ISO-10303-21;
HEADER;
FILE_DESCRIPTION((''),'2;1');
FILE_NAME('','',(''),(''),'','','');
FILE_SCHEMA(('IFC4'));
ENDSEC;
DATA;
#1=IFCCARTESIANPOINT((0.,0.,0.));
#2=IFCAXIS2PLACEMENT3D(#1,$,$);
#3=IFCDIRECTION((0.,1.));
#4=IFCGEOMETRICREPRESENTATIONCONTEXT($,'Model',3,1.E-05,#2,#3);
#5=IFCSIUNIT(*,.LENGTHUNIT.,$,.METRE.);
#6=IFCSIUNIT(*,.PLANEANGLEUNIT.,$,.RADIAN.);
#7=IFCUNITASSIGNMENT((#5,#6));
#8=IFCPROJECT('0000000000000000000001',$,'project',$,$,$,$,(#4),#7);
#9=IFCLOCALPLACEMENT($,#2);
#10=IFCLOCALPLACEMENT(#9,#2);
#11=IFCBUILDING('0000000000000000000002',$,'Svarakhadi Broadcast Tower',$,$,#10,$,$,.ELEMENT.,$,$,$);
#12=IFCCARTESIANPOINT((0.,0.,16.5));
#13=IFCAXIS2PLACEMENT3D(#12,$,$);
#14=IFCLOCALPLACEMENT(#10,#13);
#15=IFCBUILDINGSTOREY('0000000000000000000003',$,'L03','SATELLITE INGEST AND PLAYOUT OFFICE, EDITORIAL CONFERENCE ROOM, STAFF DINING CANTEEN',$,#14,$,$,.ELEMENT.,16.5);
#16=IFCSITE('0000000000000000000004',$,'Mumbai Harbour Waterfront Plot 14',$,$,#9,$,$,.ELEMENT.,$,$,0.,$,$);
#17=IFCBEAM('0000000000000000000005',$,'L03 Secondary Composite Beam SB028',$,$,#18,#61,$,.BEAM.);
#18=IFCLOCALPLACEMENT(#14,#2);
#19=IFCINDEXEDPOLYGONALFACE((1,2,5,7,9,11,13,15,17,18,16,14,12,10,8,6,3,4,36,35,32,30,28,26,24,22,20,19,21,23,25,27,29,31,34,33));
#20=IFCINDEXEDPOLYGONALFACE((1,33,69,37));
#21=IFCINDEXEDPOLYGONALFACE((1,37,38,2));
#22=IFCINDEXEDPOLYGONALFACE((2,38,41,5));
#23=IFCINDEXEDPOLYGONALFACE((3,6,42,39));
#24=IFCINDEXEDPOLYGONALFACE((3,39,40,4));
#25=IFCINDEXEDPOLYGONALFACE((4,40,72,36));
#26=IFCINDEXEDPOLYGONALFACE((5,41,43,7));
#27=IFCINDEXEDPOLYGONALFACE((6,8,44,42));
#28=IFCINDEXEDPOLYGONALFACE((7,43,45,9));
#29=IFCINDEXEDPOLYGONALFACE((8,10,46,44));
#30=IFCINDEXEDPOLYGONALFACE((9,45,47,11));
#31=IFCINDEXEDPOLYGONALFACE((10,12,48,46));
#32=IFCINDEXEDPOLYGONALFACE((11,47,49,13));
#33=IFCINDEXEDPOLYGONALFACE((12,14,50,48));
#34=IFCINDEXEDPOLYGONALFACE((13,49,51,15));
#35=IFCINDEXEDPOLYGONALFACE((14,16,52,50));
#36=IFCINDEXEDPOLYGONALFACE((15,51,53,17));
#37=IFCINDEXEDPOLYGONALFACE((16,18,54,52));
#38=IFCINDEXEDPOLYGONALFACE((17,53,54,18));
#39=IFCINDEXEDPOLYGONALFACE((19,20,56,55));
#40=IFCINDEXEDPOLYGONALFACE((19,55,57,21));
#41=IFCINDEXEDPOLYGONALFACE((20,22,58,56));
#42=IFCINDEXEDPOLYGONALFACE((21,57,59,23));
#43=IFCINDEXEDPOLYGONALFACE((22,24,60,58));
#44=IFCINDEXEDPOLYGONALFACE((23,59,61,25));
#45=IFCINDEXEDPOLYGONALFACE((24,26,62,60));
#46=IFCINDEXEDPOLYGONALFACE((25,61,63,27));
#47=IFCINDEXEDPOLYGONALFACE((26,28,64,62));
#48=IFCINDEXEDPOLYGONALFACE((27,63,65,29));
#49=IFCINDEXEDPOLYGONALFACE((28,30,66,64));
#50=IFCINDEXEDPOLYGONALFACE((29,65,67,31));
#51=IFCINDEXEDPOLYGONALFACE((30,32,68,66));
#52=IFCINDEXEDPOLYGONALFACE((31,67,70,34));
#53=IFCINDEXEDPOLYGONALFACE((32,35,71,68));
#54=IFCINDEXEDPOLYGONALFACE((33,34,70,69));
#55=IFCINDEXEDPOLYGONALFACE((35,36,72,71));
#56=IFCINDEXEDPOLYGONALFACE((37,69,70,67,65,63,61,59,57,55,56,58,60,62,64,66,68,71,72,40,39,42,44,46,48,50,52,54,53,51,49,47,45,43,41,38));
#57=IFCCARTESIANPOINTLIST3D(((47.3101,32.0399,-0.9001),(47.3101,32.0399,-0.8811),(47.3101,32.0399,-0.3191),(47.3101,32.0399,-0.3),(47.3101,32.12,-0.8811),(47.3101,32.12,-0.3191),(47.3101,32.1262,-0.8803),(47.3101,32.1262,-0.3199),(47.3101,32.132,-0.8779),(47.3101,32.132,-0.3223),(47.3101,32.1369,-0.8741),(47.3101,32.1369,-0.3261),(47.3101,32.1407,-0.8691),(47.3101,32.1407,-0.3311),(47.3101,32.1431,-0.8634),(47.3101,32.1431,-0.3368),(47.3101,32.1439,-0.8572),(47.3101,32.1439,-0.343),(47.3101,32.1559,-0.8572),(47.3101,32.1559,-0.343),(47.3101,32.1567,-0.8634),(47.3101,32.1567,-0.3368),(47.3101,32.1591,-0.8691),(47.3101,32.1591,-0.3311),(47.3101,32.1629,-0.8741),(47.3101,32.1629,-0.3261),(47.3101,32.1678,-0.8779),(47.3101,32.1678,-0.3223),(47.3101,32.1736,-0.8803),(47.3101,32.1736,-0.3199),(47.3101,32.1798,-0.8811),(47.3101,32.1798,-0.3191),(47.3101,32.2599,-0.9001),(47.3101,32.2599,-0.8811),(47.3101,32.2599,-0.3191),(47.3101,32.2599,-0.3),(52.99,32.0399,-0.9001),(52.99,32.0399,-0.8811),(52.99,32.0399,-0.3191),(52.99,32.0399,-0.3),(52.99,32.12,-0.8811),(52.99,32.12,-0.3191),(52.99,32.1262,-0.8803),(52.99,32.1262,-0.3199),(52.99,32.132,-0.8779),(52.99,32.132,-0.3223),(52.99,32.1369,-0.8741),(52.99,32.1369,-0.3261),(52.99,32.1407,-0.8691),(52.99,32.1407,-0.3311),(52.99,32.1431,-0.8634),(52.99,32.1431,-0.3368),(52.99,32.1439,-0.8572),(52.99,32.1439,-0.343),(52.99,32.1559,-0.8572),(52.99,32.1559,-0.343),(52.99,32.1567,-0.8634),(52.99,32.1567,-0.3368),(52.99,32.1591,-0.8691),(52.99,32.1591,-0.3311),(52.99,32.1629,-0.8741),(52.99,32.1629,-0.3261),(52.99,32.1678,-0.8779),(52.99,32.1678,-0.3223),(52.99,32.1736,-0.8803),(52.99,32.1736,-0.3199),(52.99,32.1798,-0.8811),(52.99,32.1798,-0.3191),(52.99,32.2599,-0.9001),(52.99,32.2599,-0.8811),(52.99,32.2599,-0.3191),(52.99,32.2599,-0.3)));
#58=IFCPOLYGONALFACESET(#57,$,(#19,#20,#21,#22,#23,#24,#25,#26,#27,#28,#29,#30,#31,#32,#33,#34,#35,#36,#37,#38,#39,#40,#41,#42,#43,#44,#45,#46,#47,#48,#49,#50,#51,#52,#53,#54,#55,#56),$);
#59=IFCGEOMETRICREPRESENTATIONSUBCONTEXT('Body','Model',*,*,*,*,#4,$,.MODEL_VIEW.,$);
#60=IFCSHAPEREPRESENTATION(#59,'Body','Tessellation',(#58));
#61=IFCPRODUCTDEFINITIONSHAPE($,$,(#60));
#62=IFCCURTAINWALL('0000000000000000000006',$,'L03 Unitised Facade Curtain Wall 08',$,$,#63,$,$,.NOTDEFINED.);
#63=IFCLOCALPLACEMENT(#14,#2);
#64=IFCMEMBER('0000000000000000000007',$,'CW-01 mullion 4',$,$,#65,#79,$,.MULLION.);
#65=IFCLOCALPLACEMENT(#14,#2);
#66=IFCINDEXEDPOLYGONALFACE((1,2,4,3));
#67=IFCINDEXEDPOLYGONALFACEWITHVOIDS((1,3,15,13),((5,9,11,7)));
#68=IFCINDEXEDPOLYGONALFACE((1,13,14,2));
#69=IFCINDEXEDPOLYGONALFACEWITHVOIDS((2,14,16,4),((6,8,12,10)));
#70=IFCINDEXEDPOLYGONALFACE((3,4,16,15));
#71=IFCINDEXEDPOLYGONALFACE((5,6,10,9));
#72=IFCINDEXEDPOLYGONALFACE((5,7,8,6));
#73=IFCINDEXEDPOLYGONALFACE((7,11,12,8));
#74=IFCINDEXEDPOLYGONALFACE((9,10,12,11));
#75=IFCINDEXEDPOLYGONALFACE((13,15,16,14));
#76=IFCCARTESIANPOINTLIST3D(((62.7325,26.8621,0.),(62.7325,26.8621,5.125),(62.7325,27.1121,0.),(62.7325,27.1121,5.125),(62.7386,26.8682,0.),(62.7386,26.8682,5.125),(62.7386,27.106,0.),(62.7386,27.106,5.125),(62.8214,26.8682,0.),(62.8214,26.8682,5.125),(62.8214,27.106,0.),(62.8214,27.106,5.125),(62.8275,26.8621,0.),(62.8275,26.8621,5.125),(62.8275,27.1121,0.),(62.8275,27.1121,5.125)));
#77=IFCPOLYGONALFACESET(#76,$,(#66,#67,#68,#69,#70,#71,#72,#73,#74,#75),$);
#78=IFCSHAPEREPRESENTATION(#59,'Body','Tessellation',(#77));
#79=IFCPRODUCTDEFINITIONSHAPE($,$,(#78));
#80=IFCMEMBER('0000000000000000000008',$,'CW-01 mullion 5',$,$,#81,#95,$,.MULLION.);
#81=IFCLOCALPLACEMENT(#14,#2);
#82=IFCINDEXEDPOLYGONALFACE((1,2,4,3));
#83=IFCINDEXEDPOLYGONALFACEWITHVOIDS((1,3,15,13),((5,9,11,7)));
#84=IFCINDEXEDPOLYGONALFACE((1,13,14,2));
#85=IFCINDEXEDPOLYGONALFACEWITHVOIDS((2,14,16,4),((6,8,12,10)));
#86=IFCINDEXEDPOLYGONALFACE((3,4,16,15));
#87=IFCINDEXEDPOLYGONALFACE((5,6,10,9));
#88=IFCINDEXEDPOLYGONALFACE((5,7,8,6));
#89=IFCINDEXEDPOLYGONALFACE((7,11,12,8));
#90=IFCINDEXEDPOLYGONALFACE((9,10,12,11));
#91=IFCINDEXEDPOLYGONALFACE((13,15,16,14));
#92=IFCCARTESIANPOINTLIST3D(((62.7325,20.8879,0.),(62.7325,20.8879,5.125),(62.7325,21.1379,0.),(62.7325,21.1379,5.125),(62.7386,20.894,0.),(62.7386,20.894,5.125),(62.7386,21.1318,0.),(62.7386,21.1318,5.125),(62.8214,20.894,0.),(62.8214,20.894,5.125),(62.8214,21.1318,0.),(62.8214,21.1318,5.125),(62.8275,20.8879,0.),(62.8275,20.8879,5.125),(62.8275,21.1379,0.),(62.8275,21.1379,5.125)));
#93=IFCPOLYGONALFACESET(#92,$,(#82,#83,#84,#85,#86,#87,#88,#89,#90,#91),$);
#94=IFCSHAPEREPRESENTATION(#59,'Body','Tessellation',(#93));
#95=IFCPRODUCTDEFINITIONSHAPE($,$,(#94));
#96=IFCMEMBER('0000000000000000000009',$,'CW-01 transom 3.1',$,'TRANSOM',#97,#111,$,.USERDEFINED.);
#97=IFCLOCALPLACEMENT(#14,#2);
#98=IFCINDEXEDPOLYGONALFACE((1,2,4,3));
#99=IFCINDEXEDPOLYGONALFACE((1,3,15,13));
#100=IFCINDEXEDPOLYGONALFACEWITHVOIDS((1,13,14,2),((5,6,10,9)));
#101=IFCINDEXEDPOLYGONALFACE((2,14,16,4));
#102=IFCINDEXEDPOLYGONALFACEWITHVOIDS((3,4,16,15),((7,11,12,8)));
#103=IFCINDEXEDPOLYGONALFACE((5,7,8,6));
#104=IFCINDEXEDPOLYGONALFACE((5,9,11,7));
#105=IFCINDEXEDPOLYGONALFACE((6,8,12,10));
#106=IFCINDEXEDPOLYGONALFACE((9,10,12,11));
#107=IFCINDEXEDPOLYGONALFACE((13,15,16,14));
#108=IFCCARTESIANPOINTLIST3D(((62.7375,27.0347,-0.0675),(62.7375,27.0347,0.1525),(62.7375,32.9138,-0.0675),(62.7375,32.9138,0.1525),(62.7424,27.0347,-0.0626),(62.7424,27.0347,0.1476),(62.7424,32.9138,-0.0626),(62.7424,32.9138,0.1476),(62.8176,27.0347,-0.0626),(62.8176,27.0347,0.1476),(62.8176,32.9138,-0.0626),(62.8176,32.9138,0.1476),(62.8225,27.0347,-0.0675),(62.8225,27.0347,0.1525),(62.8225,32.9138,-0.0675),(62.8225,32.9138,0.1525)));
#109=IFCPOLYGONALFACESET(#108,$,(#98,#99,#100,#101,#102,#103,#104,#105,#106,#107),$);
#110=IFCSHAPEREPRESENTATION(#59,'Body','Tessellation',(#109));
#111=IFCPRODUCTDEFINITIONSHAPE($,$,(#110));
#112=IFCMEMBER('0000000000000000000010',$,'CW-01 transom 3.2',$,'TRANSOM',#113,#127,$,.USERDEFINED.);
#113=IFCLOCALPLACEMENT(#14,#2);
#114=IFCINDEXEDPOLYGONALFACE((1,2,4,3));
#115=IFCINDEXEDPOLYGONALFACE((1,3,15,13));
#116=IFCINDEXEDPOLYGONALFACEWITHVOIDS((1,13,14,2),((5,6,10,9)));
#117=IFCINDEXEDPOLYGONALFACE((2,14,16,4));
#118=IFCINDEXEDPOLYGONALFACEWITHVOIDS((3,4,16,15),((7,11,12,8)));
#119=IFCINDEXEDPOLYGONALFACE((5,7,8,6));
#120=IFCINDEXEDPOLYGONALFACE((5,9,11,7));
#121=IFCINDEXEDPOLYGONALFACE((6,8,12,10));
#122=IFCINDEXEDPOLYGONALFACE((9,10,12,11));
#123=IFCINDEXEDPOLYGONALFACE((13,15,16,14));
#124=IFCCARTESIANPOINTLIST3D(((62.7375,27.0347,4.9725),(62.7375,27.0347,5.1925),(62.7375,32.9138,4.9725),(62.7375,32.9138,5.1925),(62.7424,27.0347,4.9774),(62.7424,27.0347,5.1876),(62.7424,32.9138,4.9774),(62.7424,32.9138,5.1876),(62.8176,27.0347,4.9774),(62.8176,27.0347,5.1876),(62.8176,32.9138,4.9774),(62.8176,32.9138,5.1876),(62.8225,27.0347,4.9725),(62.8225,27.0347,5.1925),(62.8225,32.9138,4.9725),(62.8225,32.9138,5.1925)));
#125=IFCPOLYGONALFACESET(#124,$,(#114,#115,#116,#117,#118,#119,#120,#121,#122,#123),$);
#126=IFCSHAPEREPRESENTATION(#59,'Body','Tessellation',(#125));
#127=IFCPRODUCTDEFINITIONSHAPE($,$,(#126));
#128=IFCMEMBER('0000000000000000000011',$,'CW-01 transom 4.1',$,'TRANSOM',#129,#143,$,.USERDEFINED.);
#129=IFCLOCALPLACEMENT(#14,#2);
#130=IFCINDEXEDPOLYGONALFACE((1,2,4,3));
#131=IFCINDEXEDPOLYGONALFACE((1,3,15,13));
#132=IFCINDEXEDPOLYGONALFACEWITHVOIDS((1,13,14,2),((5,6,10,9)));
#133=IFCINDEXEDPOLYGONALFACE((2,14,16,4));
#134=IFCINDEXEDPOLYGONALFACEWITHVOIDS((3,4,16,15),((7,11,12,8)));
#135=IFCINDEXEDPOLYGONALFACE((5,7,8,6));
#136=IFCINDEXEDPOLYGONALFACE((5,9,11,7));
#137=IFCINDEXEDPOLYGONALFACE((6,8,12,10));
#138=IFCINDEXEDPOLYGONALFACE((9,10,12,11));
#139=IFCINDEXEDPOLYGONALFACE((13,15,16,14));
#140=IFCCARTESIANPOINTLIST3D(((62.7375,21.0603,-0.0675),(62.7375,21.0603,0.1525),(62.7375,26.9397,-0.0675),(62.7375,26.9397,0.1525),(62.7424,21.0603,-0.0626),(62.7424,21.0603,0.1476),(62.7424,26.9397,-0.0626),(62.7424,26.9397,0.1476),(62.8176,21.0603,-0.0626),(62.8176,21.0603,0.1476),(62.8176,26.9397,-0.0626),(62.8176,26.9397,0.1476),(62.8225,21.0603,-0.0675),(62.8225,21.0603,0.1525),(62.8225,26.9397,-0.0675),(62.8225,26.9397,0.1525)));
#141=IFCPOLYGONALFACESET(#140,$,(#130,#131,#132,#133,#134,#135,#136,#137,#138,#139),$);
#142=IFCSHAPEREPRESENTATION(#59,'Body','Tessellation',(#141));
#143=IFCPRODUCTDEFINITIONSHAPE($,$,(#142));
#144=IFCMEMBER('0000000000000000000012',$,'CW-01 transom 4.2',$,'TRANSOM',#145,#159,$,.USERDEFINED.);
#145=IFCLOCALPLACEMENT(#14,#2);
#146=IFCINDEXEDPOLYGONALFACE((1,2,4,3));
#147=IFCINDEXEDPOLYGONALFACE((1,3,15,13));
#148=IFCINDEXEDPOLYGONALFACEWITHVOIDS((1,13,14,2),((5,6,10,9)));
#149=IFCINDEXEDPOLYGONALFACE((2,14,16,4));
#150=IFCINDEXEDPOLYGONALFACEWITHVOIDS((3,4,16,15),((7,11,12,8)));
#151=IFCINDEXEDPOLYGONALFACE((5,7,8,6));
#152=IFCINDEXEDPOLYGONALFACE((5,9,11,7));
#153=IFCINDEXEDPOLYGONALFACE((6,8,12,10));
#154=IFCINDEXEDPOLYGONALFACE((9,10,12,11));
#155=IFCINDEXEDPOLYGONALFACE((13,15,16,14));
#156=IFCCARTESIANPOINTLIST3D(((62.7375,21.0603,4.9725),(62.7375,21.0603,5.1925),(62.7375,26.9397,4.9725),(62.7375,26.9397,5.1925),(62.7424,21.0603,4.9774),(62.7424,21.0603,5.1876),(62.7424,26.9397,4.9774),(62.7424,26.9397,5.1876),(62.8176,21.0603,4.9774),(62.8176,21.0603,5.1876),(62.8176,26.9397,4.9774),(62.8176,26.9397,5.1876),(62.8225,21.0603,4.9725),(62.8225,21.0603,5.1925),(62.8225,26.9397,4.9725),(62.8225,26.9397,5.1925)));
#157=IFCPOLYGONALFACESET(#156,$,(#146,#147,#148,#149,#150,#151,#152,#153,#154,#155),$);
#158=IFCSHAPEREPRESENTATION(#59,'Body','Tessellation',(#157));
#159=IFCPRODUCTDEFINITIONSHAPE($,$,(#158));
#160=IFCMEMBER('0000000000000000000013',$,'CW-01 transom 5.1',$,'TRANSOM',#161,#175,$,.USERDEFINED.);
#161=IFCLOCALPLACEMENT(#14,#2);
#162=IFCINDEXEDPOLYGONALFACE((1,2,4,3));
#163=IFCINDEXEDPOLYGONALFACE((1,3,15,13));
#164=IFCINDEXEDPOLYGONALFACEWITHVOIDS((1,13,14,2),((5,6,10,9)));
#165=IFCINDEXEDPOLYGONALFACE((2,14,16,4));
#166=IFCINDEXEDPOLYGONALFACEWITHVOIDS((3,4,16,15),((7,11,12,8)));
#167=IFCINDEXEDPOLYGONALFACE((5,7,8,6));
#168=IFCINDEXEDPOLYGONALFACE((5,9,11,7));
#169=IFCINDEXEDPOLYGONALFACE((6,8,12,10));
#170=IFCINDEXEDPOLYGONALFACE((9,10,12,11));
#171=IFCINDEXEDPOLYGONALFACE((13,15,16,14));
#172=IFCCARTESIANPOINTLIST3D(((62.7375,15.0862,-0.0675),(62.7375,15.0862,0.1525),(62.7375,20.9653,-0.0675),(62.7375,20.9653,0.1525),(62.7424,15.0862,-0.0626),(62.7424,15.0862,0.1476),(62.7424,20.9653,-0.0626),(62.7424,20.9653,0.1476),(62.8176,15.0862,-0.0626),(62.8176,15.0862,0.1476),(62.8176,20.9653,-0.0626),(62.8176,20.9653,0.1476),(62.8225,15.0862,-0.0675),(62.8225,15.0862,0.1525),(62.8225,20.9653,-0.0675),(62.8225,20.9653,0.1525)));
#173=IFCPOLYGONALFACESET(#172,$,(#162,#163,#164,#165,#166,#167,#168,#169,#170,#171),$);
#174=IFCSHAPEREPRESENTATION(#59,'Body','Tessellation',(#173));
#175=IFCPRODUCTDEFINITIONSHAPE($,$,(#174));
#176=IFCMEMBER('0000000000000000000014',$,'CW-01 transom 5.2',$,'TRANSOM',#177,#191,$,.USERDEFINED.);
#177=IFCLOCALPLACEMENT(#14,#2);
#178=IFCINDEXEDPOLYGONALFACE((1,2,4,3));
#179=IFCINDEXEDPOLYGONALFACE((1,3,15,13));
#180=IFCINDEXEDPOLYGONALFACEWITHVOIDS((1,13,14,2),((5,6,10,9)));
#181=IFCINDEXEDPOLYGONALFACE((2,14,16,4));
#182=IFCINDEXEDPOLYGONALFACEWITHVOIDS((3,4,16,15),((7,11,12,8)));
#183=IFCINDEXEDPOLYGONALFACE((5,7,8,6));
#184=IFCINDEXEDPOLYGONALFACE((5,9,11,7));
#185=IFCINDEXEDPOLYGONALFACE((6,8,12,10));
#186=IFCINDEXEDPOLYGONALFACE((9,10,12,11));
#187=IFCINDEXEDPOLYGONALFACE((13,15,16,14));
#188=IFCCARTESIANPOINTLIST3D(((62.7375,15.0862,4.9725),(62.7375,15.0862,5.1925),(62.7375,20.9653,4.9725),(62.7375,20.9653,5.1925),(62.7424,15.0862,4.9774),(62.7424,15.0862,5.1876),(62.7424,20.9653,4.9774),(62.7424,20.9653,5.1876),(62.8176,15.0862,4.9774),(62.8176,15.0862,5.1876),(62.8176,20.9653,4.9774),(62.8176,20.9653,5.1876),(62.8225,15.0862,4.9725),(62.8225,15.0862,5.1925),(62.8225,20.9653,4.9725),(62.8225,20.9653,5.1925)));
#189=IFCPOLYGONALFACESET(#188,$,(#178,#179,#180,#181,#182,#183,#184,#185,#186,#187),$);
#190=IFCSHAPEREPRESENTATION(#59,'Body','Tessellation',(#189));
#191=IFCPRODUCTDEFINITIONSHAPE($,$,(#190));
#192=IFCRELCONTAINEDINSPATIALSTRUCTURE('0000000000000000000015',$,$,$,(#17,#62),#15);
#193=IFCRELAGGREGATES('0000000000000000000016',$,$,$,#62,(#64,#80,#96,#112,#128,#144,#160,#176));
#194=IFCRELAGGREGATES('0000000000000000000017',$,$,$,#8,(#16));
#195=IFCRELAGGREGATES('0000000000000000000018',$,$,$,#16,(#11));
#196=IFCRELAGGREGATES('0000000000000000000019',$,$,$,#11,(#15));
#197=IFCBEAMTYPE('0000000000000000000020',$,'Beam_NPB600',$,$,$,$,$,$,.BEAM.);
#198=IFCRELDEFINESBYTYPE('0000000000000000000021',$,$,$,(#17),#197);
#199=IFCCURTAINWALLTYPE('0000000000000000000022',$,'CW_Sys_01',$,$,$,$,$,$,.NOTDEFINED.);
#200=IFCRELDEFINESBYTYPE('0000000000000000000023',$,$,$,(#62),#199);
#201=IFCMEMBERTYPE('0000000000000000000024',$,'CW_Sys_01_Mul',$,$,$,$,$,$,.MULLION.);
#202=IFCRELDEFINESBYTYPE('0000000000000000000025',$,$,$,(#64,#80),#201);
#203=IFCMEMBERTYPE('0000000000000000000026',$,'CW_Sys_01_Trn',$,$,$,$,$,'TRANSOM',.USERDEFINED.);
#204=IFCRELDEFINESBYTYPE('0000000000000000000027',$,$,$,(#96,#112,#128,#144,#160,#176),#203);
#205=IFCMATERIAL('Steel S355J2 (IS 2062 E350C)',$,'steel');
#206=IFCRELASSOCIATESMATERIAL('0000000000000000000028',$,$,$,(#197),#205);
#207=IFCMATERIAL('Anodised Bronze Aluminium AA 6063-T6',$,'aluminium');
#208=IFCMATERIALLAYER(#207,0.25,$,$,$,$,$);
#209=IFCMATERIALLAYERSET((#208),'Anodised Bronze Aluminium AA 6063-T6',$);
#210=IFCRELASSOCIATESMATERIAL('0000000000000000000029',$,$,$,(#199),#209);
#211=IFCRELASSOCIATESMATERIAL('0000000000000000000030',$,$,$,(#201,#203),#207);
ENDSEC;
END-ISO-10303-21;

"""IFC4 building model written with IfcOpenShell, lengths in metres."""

from ifc_helpers import new_model, si_unit, direction, frame, origin, origin_2d, place, context, subcontext, project, spatial, hollow_rectangle, i_section, extrude, material, layer, layer_set, material_profile, profile_set, type_object, element, aggregate, save


model = new_model("IFC4")

# Units and contexts
model_context = context("Model", 3, precision=1e-05, world=origin(), true_north=direction((0.0, 1.0)))
body_context = subcontext(model_context, "Body", "Model", "MODEL_VIEW")
ifc_project = project(units=[si_unit("LENGTHUNIT", "METRE"), si_unit("PLANEANGLEUNIT", "RADIAN")], contexts=[model_context])

# Site, building, storey
site_placement = place(None, origin())
site = spatial("IfcSite", under=ifc_project, at=site_placement, Name="Mumbai Harbour Waterfront Plot 14", CompositionType="ELEMENT", RefElevation=0.0)
building_placement = place(site_placement, origin())
building = spatial("IfcBuilding", under=site, at=building_placement, Name="Svarakhadi Broadcast Tower", CompositionType="ELEMENT")
storey_placement = place(building_placement, frame((0.0, 0.0, 16.5)))
storey = spatial("IfcBuildingStorey", under=building, at=storey_placement, Name="L03", Description="SATELLITE INGEST AND PLAYOUT OFFICE, EDITORIAL CONFERENCE ROOM, STAFF DINING CANTEEN", CompositionType="ELEMENT", Elevation=16.5)

# Beam
ifc_material_1 = material(Name="Steel S355J2 (IS 2062 E350C)", Category="steel")
ifc_material_profile_1 = material_profile(ifc_material_1, i_section(OverallWidth=0.22, OverallDepth=0.6001, WebThickness=0.012, FlangeThickness=0.019, FilletRadius=0.0239, at=origin_2d()), Name="NPB 600x220x122")
ifc_profile_set_1 = profile_set([ifc_material_profile_1], Name="Steel S355J2 (IS 2062 E350C)")
beam_type_1 = type_object("IfcBeamType", Name="Beam_NPB600", PredefinedType="BEAM", material=ifc_profile_set_1)
beam_1_placement = place(storey_placement, frame((47.3101, 32.1499, -0.6001), z_axis=(1.0, 0.0, 0.0), x_axis=(0.0, 1.0, 0.0)))
element("IfcBeam", 1, at=beam_1_placement, inside=storey, type_object=beam_type_1, Name="L03 Secondary Composite Beam SB028", PredefinedType="BEAM", context=body_context, shape_type="SweptSolid", body=[
    extrude(i_section(OverallWidth=0.22, OverallDepth=0.6001, WebThickness=0.012, FlangeThickness=0.019, FilletRadius=0.0239, at=origin_2d()), origin(), (0.0, 0.0, 1.0), 5.6799),
])

# Curtain wall, members
ifc_material_2 = material(Name="Anodised Bronze Aluminium AA 6063-T6", Category="aluminium")
ifc_layer_1 = layer(ifc_material_2, 0.25)
ifc_layer_set_1 = layer_set([ifc_layer_1], Name="Anodised Bronze Aluminium AA 6063-T6")
curtain_wall_type = type_object("IfcCurtainWallType", Name="CW_Sys_01", PredefinedType="NOTDEFINED", material=ifc_layer_set_1)
curtain_wall_placement = place(storey_placement, origin())
curtain_wall = element("IfcCurtainWall", 2, at=curtain_wall_placement, inside=storey, type_object=curtain_wall_type, Name="L03 Unitised Facade Curtain Wall 08", PredefinedType="NOTDEFINED")
ifc_material_profile_2 = material_profile(ifc_material_2, hollow_rectangle(XDim=0.095, YDim=0.25, WallThickness=0.0061, at=origin_2d()), Name="ALU MULLION 250x95x6")
ifc_profile_set_2 = profile_set([ifc_material_profile_2], Name="Anodised Bronze Aluminium AA 6063-T6")
member_type_1 = type_object("IfcMemberType", Name="CW_Sys_01_Mul", PredefinedType="MULLION", material=ifc_profile_set_2)
member_1_placement = place(storey_placement, frame((62.78, 26.9871, 0.0), z_axis=(0.0, 0.0, 1.0), x_axis=(1.0, 0.0, 0.0)))
member_1 = element("IfcMember", 3, at=member_1_placement, type_object=member_type_1, Name="CW-01 mullion 4", PredefinedType="MULLION", context=body_context, shape_type="SweptSolid", body=[
    extrude(hollow_rectangle(XDim=0.095, YDim=0.25, WallThickness=0.0061, at=origin_2d()), origin(), (0.0, 0.0, 1.0), 5.125),
])
member_2_placement = place(storey_placement, frame((62.78, 21.0129, 0.0), z_axis=(0.0, 0.0, 1.0), x_axis=(1.0, 0.0, 0.0)))
member_2 = element("IfcMember", 4, at=member_2_placement, type_object=member_type_1, Name="CW-01 mullion 5", PredefinedType="MULLION", context=body_context, shape_type="SweptSolid", body=[
    extrude(hollow_rectangle(XDim=0.095, YDim=0.25, WallThickness=0.0061, at=origin_2d()), origin(), (0.0, 0.0, 1.0), 5.125),
])
ifc_material_profile_3 = material_profile(ifc_material_2, hollow_rectangle(XDim=0.085, YDim=0.22, WallThickness=0.0049, at=origin_2d()), Name="ALU TRANSOM 220x85x5")
ifc_profile_set_3 = profile_set([ifc_material_profile_3], Name="Anodised Bronze Aluminium AA 6063-T6")
member_type_2 = type_object("IfcMemberType", Name="CW_Sys_01_Trn", ElementType="TRANSOM", PredefinedType="USERDEFINED", material=ifc_profile_set_3)
member_3_placement = place(storey_placement, frame((62.78, 32.9138, 0.0425), z_axis=(0.0, -1.0, 0.0), x_axis=(1.0, 0.0, 0.0)))
member_3 = element("IfcMember", 5, at=member_3_placement, type_object=member_type_2, Name="CW-01 transom 3.1", ObjectType="TRANSOM", PredefinedType="USERDEFINED", context=body_context, shape_type="SweptSolid", body=[
    extrude(hollow_rectangle(XDim=0.085, YDim=0.22, WallThickness=0.0049, at=origin_2d()), origin(), (0.0, 0.0, 1.0), 5.8792),
])
member_4_placement = place(storey_placement, frame((62.78, 32.9138, 5.0825), z_axis=(0.0, -1.0, 0.0), x_axis=(1.0, 0.0, 0.0)))
member_4 = element("IfcMember", 6, at=member_4_placement, type_object=member_type_2, Name="CW-01 transom 3.2", ObjectType="TRANSOM", PredefinedType="USERDEFINED", context=body_context, shape_type="SweptSolid", body=[
    extrude(hollow_rectangle(XDim=0.085, YDim=0.22, WallThickness=0.0049, at=origin_2d()), origin(), (0.0, 0.0, 1.0), 5.8792),
])
member_5_placement = place(storey_placement, frame((62.78, 26.9397, 0.0425), z_axis=(0.0, -1.0, 0.0), x_axis=(1.0, 0.0, 0.0)))
member_5 = element("IfcMember", 7, at=member_5_placement, type_object=member_type_2, Name="CW-01 transom 4.1", ObjectType="TRANSOM", PredefinedType="USERDEFINED", context=body_context, shape_type="SweptSolid", body=[
    extrude(hollow_rectangle(XDim=0.085, YDim=0.22, WallThickness=0.0049, at=origin_2d()), origin(), (0.0, 0.0, 1.0), 5.8794),
])
member_6_placement = place(storey_placement, frame((62.78, 26.9397, 5.0825), z_axis=(0.0, -1.0, 0.0), x_axis=(1.0, 0.0, 0.0)))
member_6 = element("IfcMember", 8, at=member_6_placement, type_object=member_type_2, Name="CW-01 transom 4.2", ObjectType="TRANSOM", PredefinedType="USERDEFINED", context=body_context, shape_type="SweptSolid", body=[
    extrude(hollow_rectangle(XDim=0.085, YDim=0.22, WallThickness=0.0049, at=origin_2d()), origin(), (0.0, 0.0, 1.0), 5.8794),
])
member_7_placement = place(storey_placement, frame((62.78, 20.9653, 0.0425), z_axis=(0.0, -1.0, 0.0), x_axis=(1.0, 0.0, 0.0)))
member_7 = element("IfcMember", 9, at=member_7_placement, type_object=member_type_2, Name="CW-01 transom 5.1", ObjectType="TRANSOM", PredefinedType="USERDEFINED", context=body_context, shape_type="SweptSolid", body=[
    extrude(hollow_rectangle(XDim=0.085, YDim=0.22, WallThickness=0.0049, at=origin_2d()), origin(), (0.0, 0.0, 1.0), 5.8792),
])
member_8_placement = place(storey_placement, frame((62.78, 20.9653, 5.0825), z_axis=(0.0, -1.0, 0.0), x_axis=(1.0, 0.0, 0.0)))
member_8 = element("IfcMember", 10, at=member_8_placement, type_object=member_type_2, Name="CW-01 transom 5.2", ObjectType="TRANSOM", PredefinedType="USERDEFINED", context=body_context, shape_type="SweptSolid", body=[
    extrude(hollow_rectangle(XDim=0.085, YDim=0.22, WallThickness=0.0049, at=origin_2d()), origin(), (0.0, 0.0, 1.0), 5.8792),
])

aggregate(curtain_wall, [member_1, member_2, member_3, member_4, member_5, member_6, member_7, member_8])

save(model, "model.ifc")
